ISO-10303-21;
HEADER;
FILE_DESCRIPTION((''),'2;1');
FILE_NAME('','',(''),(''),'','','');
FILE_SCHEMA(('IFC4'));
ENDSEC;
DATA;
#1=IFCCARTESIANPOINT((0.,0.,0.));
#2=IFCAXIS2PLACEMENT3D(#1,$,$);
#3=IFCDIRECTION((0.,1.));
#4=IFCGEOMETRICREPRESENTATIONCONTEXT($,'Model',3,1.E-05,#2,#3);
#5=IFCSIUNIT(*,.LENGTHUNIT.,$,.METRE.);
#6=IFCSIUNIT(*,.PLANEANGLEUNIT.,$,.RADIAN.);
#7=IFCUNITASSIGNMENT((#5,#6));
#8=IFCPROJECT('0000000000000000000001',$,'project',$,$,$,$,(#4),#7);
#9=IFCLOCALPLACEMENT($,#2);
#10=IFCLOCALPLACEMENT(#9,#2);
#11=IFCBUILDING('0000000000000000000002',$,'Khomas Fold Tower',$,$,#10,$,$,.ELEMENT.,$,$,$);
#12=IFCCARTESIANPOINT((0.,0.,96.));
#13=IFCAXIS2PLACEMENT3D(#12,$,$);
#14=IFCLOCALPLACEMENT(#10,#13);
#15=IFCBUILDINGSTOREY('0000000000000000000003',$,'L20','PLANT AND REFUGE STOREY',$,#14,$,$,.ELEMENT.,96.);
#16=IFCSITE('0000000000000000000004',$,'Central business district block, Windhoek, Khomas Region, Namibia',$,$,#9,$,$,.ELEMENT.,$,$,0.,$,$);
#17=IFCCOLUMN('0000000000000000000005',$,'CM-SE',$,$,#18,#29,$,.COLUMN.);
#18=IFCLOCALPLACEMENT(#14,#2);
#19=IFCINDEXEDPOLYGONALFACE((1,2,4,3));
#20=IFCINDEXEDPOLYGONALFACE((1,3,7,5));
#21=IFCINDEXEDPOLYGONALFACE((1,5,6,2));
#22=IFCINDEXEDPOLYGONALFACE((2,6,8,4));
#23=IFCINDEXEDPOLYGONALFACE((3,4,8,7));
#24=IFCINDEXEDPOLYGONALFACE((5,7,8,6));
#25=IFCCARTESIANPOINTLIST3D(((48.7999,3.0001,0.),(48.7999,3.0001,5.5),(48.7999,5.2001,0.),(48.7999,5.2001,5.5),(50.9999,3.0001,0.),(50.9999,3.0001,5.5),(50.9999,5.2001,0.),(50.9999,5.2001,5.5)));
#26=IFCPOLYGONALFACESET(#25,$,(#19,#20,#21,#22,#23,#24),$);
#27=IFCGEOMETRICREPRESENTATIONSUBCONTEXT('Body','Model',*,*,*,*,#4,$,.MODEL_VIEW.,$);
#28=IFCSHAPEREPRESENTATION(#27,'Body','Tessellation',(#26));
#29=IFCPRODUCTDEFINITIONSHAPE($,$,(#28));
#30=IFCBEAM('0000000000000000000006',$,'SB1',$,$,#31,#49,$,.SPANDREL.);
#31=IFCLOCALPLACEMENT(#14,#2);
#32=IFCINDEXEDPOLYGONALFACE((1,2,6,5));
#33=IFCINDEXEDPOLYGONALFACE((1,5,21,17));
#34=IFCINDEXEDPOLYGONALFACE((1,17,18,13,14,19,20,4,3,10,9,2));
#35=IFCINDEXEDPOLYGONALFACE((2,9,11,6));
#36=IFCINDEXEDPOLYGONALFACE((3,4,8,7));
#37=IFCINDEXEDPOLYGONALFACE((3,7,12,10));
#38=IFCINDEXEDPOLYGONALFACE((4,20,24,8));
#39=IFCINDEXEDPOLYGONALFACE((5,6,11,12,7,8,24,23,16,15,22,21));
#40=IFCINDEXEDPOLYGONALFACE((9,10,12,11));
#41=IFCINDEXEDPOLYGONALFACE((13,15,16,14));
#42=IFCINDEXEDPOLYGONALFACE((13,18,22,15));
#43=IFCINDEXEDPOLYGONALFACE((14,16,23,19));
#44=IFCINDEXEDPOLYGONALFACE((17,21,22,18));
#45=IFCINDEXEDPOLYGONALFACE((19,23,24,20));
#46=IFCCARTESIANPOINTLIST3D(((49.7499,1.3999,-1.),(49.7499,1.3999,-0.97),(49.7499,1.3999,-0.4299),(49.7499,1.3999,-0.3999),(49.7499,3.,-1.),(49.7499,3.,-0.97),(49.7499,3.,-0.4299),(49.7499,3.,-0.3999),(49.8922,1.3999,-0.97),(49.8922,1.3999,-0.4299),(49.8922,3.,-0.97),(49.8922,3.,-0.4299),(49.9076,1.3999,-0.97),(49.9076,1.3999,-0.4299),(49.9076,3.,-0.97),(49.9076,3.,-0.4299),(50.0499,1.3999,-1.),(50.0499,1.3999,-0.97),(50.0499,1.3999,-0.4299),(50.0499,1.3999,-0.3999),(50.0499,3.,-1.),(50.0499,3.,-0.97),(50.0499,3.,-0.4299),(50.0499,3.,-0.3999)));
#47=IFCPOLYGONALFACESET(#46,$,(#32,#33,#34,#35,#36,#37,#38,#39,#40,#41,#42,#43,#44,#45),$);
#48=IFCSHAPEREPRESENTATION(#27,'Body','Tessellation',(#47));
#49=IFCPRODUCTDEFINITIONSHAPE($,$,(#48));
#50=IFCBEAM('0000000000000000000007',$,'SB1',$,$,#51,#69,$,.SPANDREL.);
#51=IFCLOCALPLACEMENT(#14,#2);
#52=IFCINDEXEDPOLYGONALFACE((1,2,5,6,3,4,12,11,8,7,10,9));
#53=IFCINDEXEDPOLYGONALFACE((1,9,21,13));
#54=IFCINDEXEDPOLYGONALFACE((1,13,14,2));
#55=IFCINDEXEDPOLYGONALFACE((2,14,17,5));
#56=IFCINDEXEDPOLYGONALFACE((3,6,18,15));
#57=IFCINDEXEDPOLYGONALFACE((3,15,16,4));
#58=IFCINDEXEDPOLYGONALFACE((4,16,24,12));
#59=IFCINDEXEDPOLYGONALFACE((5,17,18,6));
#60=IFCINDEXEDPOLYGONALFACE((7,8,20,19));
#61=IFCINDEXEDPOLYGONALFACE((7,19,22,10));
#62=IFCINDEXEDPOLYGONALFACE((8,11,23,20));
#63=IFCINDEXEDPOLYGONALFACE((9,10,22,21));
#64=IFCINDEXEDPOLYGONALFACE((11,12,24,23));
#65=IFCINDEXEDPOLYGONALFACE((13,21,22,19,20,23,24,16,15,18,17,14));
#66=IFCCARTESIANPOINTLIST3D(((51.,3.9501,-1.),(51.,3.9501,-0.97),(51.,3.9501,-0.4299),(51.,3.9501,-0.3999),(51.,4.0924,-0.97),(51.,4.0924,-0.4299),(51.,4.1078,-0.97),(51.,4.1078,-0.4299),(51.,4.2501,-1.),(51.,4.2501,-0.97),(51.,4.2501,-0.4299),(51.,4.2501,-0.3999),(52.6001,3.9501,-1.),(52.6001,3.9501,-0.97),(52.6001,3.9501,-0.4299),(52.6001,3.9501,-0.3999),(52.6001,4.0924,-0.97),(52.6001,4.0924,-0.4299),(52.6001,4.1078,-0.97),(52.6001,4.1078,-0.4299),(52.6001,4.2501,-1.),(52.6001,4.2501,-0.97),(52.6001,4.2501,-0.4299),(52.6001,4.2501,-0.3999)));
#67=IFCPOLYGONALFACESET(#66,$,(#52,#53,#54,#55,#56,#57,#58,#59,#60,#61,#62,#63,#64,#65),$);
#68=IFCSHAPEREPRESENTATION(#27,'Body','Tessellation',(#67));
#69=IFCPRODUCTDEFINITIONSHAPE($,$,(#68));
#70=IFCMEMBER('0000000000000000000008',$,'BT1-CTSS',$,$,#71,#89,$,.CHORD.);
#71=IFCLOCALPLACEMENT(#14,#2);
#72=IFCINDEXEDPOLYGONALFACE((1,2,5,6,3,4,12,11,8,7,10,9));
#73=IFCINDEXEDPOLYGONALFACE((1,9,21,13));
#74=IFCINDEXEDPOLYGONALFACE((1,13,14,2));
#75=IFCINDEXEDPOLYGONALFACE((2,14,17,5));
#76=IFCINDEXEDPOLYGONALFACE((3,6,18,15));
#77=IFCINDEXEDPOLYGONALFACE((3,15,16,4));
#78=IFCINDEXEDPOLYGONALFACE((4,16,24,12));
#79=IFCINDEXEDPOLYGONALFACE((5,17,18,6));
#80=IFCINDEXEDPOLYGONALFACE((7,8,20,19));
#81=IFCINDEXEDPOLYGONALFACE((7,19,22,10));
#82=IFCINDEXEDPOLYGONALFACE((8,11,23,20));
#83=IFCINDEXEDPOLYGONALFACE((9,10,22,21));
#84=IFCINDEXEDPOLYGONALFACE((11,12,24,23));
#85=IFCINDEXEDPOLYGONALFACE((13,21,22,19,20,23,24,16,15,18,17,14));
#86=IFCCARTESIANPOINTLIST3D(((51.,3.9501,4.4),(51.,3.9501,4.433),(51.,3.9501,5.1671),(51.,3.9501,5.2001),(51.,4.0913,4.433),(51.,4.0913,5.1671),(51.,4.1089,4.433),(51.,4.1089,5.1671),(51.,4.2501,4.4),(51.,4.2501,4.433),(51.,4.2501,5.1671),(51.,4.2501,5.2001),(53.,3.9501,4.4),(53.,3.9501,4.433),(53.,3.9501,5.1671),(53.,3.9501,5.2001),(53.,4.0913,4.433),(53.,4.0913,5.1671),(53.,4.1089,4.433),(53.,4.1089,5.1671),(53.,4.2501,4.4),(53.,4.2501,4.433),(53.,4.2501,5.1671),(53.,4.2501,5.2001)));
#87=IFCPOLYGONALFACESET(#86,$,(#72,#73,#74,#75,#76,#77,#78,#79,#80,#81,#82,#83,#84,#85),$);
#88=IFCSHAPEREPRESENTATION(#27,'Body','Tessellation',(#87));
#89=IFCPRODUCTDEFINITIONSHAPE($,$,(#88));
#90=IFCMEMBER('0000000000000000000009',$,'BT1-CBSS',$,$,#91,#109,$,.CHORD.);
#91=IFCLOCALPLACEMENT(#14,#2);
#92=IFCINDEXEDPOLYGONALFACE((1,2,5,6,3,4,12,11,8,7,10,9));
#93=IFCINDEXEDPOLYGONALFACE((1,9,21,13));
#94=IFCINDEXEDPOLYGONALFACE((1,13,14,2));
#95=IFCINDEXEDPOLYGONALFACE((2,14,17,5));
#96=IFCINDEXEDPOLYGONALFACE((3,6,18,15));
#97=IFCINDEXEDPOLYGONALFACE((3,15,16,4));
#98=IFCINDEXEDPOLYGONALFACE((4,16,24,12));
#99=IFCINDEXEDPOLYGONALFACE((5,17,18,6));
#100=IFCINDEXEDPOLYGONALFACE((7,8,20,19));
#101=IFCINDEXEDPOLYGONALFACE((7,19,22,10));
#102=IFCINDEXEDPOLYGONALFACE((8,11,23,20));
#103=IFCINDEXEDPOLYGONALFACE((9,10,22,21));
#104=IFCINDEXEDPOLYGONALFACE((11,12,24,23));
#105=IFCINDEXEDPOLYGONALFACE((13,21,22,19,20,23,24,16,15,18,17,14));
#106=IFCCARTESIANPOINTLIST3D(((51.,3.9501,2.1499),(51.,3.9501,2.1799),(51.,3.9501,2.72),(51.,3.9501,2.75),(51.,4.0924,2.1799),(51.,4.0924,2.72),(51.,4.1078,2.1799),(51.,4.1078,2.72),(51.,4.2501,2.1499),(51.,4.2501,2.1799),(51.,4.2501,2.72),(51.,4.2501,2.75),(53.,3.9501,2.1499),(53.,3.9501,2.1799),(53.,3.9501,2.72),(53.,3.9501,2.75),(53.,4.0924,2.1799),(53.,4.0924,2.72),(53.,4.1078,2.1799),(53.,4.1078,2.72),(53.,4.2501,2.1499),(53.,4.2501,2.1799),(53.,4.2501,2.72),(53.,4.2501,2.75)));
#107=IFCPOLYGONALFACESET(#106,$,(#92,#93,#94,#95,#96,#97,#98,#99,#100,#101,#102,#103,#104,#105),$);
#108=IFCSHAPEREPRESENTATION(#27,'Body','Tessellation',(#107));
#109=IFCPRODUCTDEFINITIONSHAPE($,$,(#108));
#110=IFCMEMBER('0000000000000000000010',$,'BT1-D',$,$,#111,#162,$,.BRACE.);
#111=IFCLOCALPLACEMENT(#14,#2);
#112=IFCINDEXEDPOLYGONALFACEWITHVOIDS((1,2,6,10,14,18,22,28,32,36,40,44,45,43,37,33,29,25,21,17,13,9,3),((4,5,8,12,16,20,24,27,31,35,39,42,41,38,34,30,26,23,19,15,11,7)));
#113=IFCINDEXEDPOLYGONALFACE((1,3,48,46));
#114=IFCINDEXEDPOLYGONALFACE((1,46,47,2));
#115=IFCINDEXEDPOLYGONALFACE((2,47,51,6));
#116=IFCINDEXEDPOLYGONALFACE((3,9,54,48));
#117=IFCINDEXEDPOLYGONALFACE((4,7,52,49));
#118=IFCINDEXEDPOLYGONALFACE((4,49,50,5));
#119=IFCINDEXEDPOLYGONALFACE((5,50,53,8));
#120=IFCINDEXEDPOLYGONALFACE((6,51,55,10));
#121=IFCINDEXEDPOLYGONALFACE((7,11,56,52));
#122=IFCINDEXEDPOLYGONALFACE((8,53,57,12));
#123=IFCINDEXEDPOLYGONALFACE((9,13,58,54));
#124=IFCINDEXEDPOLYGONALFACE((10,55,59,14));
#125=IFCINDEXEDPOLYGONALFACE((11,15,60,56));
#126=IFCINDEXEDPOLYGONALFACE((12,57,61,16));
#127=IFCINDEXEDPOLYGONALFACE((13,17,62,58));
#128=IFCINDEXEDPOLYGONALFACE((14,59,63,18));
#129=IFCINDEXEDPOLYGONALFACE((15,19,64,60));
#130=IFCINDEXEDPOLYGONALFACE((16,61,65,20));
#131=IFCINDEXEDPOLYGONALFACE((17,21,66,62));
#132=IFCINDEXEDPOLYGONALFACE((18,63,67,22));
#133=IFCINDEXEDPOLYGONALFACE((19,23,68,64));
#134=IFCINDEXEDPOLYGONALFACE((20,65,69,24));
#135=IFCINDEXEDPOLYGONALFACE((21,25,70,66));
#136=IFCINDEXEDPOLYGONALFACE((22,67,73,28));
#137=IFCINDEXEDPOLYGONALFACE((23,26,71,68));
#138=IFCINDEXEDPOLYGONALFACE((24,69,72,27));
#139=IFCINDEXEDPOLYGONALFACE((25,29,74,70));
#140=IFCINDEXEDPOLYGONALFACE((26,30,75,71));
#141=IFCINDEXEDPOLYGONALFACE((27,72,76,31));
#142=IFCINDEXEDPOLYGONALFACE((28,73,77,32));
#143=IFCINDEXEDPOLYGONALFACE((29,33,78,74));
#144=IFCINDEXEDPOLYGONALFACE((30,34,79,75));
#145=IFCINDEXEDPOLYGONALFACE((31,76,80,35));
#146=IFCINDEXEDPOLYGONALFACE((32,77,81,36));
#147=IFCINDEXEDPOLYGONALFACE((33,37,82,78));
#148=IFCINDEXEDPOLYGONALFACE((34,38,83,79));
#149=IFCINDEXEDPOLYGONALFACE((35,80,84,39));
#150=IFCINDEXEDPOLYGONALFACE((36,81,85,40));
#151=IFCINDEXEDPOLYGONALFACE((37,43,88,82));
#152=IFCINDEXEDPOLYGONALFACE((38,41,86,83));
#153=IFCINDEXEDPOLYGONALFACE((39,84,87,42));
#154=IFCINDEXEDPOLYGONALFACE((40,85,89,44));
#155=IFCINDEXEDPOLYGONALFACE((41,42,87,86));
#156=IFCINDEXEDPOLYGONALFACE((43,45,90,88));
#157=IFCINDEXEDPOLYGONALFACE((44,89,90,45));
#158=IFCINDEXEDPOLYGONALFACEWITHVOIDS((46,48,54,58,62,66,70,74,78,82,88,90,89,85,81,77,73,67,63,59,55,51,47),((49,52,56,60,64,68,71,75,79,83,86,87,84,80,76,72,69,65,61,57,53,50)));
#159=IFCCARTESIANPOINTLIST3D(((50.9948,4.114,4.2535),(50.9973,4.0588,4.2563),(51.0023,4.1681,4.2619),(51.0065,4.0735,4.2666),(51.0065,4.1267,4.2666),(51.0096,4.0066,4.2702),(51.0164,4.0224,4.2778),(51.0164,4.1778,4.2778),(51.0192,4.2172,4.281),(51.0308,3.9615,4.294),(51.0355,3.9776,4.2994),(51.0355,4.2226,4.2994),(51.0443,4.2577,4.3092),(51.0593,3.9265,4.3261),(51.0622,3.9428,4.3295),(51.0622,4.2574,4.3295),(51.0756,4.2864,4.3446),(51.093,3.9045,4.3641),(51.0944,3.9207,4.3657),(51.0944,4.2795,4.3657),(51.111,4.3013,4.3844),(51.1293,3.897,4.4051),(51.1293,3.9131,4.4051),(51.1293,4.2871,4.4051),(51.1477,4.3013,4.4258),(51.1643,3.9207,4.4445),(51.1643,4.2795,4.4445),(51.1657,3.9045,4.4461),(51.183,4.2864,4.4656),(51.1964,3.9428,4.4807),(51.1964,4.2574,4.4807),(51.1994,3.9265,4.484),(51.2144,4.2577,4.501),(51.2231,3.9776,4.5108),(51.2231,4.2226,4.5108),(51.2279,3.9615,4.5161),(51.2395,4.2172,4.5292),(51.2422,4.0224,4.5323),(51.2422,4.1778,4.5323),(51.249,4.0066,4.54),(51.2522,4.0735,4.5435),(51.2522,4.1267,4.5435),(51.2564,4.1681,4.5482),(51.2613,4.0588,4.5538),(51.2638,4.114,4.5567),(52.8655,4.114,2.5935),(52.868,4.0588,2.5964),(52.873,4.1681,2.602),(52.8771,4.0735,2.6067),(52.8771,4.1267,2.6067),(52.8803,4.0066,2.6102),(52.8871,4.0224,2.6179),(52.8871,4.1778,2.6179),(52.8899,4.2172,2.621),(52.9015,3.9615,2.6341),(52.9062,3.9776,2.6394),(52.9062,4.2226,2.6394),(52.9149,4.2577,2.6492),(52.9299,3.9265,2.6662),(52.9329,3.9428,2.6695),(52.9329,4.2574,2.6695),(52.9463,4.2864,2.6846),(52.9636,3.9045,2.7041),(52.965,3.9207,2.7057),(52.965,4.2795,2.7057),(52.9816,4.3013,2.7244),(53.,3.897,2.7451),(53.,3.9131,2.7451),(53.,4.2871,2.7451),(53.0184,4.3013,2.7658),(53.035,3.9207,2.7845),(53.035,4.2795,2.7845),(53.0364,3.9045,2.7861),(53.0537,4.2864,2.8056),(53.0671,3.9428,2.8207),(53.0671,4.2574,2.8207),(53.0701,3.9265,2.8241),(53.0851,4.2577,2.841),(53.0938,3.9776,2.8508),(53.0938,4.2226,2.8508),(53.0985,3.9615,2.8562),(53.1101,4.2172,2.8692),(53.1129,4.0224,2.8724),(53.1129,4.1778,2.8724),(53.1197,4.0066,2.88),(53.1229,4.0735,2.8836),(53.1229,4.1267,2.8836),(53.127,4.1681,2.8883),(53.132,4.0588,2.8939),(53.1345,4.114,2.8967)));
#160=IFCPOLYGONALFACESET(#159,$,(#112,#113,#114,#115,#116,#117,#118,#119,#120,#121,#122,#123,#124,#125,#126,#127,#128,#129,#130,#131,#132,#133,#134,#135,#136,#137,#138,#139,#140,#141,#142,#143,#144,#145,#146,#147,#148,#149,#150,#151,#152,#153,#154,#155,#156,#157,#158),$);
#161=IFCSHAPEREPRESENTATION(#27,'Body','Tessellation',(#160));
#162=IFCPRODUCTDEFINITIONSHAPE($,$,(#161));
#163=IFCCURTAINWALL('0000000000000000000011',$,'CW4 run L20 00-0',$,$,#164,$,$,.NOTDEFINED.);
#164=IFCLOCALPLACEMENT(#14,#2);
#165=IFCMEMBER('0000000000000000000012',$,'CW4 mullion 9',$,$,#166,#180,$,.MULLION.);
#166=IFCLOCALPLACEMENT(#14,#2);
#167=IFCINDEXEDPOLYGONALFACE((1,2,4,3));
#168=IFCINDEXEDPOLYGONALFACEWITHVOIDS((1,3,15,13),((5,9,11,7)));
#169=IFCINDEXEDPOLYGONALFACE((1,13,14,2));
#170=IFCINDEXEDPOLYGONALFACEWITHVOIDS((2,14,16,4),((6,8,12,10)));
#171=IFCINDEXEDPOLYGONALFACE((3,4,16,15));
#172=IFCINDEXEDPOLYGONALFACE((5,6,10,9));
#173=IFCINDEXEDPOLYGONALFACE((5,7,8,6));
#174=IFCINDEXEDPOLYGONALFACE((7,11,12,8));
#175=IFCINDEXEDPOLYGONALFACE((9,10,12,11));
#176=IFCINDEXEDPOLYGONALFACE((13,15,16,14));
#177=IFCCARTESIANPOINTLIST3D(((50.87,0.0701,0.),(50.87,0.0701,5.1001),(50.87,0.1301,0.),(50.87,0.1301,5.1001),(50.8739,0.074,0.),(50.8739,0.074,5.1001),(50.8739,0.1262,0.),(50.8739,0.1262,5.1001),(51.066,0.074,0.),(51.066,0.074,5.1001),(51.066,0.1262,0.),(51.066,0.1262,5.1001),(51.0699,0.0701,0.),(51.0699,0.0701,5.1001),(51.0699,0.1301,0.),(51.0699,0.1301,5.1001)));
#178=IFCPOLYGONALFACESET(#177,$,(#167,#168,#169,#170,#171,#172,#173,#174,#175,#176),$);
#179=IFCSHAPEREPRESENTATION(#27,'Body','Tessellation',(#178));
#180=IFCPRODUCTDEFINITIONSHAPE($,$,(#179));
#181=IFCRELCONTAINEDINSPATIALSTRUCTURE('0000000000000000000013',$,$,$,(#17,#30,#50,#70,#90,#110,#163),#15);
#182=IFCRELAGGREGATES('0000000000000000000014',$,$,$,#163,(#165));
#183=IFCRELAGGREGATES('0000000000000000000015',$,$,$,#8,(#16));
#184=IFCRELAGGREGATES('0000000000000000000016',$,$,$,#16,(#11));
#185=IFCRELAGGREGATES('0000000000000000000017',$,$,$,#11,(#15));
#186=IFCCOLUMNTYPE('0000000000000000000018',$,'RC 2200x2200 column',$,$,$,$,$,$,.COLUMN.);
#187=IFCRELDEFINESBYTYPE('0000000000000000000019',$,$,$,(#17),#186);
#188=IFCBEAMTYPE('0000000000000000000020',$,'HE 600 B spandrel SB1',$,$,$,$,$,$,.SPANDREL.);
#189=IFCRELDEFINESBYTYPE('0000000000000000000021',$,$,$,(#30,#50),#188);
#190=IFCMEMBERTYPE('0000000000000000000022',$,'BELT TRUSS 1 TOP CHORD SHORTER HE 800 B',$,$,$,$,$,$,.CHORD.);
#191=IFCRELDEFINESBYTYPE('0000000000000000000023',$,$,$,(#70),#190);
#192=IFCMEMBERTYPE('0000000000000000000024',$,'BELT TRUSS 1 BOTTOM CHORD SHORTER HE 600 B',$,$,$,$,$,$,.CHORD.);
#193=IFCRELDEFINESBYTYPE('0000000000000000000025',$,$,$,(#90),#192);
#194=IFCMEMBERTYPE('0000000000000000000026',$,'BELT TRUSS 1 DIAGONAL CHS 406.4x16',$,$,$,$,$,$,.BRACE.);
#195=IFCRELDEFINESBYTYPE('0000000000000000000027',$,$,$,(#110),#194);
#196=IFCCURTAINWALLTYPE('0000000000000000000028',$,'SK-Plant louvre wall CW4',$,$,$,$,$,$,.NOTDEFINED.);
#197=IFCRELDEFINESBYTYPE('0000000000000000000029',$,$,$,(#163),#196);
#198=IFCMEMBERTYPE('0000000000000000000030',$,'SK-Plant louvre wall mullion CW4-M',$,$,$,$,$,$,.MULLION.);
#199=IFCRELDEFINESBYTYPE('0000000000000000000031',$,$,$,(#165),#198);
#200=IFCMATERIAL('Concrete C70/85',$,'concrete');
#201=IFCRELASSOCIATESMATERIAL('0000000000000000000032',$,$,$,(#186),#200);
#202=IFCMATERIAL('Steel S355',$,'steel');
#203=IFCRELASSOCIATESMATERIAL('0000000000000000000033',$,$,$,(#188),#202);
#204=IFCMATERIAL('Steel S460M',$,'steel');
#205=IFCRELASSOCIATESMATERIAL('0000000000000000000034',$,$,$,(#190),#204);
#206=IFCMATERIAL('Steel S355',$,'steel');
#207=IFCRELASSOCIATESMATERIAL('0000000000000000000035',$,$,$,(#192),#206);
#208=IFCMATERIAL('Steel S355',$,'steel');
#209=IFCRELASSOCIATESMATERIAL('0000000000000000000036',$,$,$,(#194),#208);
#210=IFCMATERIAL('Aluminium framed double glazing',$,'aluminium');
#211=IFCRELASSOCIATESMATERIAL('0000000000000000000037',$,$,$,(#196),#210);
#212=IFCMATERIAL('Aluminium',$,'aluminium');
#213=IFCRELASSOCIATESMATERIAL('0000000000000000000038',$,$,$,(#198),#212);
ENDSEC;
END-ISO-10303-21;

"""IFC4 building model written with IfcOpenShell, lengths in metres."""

from ifc_helpers import new_model, si_unit, direction, frame, origin, origin_2d, place, context, subcontext, project, spatial, rectangle, hollow_rectangle, hollow_circle, i_section, extrude, source, transform, mapped, material, material_profile, profile_set, type_object, element, aggregate, save


model = new_model("IFC4")

# Units and contexts
model_context = context("Model", 3, precision=1e-05, world=origin(), true_north=direction((0.0, 1.0)))
body_context = subcontext(model_context, "Body", "Model", "MODEL_VIEW")
ifc_project = project(units=[si_unit("LENGTHUNIT", "METRE"), si_unit("PLANEANGLEUNIT", "RADIAN")], contexts=[model_context])

# Site, building, storey
site_placement = place(None, origin())
site = spatial("IfcSite", under=ifc_project, at=site_placement, Name="Central business district block, Windhoek, Khomas Region, Namibia", CompositionType="ELEMENT", RefElevation=0.0)
building_placement = place(site_placement, origin())
building = spatial("IfcBuilding", under=site, at=building_placement, Name="Khomas Fold Tower", CompositionType="ELEMENT")
storey_placement = place(building_placement, frame((0.0, 0.0, 96.0)))
storey = spatial("IfcBuildingStorey", under=building, at=storey_placement, Name="L20", Description="PLANT AND REFUGE STOREY", CompositionType="ELEMENT", Elevation=96.0)

# Column
ifc_material_1 = material(Name="Concrete C70/85", Category="concrete")
ifc_material_profile_1 = material_profile(ifc_material_1, rectangle(XDim=2.2, YDim=2.2, at=origin_2d()), Name="RC 2200x2200")
ifc_profile_set_1 = profile_set([ifc_material_profile_1], Name="Concrete C70/85")
column_type = type_object("IfcColumnType", Name="RC 2200x2200 column", PredefinedType="COLUMN", material=ifc_profile_set_1)
shared_shape_1 = source(origin(), body_context, "Body", "SweptSolid", [
    extrude(rectangle(XDim=2.2, YDim=2.2, at=origin_2d()), origin(), (0.0, 0.0, 1.0), 5.5),
])
column_placement = place(storey_placement, frame((49.8999, 4.1001, 0.0), z_axis=(0.0, 0.0, 1.0), x_axis=(1.0, 0.0, 0.0)))
element("IfcColumn", 1, at=column_placement, inside=storey, type_object=column_type, Name="CM-SE", PredefinedType="COLUMN", context=body_context, shape_type="MappedRepresentation", body=[
    mapped(shared_shape_1, transform((0.0, 0.0, 0.0))),
])

# Beams
ifc_material_2 = material(Name="Steel S355", Category="steel")
ifc_material_profile_2 = material_profile(ifc_material_2, i_section(OverallWidth=0.3, OverallDepth=0.6001, WebThickness=0.0154, FlangeThickness=0.03, at=origin_2d()), Name="HE 600 B")
ifc_profile_set_2 = profile_set([ifc_material_profile_2], Name="Steel S355")
beam_type = type_object("IfcBeamType", Name="HE 600 B spandrel SB1", PredefinedType="SPANDREL", material=ifc_profile_set_2)
shared_shape_2 = source(origin(), body_context, "Body", "SweptSolid", [
    extrude(i_section(OverallWidth=0.3, OverallDepth=0.6001, WebThickness=0.0154, FlangeThickness=0.03, at=origin_2d()), origin(), (0.0, 0.0, 1.0), 1.6001),
])
for number, where, z_axis, x_axis, name in (
    (2, (49.8999, 1.3999, -0.7), (0.0, 1.0, 0.0), (-1.0, 0.0, 0.0), "SB1"),
    (3, (51.0, 4.1001, -0.7), (1.0, 0.0, 0.0), (0.0, 1.0, 0.0), "SB1"),
):
    element("IfcBeam", number, at=place(storey_placement, frame(where, z_axis=z_axis, x_axis=x_axis)), inside=storey, type_object=beam_type, Name=name, PredefinedType="SPANDREL", context=body_context, shape_type="MappedRepresentation", body=[
        mapped(shared_shape_2, transform((0.0, 0.0, 0.0))),
    ])

# Members
ifc_material_3 = material(Name="Steel S460M", Category="steel")
ifc_material_profile_3 = material_profile(ifc_material_3, i_section(OverallWidth=0.3, OverallDepth=0.8, WebThickness=0.0176, FlangeThickness=0.033, at=origin_2d()), Name="HE 800 B")
ifc_profile_set_3 = profile_set([ifc_material_profile_3], Name="Steel S460M")
member_type_1 = type_object("IfcMemberType", Name="BELT TRUSS 1 TOP CHORD SHORTER HE 800 B", PredefinedType="CHORD", material=ifc_profile_set_3)
shared_shape_3 = source(origin(), body_context, "Body", "SweptSolid", [
    extrude(i_section(OverallWidth=0.3, OverallDepth=0.8, WebThickness=0.0176, FlangeThickness=0.033, at=origin_2d()), origin(), (0.0, 0.0, 1.0), 2.0),
])
member_1_placement = place(storey_placement, frame((53.0, 4.1001, 4.8), z_axis=(-1.0, 0.0, 0.0), x_axis=(0.0, -1.0, 0.0)))
element("IfcMember", 4, at=member_1_placement, inside=storey, type_object=member_type_1, Name="BT1-CTSS", PredefinedType="CHORD", context=body_context, shape_type="MappedRepresentation", body=[
    mapped(shared_shape_3, transform((0.0, 0.0, 0.0))),
])
ifc_material_4 = material(Name="Steel S355", Category="steel")
ifc_material_profile_4 = material_profile(ifc_material_4, i_section(OverallWidth=0.3, OverallDepth=0.6001, WebThickness=0.0154, FlangeThickness=0.03, at=origin_2d()), Name="HE 600 B")
ifc_profile_set_4 = profile_set([ifc_material_profile_4], Name="Steel S355")
member_type_2 = type_object("IfcMemberType", Name="BELT TRUSS 1 BOTTOM CHORD SHORTER HE 600 B", PredefinedType="CHORD", material=ifc_profile_set_4)
shared_shape_4 = source(origin(), body_context, "Body", "SweptSolid", [
    extrude(i_section(OverallWidth=0.3, OverallDepth=0.6001, WebThickness=0.0154, FlangeThickness=0.03, at=origin_2d()), origin(), (0.0, 0.0, 1.0), 2.0),
])
member_2_placement = place(storey_placement, frame((53.0, 4.1001, 2.45), z_axis=(-1.0, 0.0, 0.0), x_axis=(0.0, -1.0, 0.0)))
element("IfcMember", 5, at=member_2_placement, inside=storey, type_object=member_type_2, Name="BT1-CBSS", PredefinedType="CHORD", context=body_context, shape_type="MappedRepresentation", body=[
    mapped(shared_shape_4, transform((0.0, 0.0, 0.0))),
])
ifc_material_5 = material(Name="Steel S355", Category="steel")
ifc_material_profile_5 = material_profile(ifc_material_5, hollow_circle(Radius=0.2031, WallThickness=0.0161, at=origin_2d()), Name="CHS 406.4x16")
ifc_profile_set_5 = profile_set([ifc_material_profile_5], Name="Steel S355")
member_type_3 = type_object("IfcMemberType", Name="BELT TRUSS 1 DIAGONAL CHS 406.4x16", PredefinedType="BRACE", material=ifc_profile_set_5)
shared_shape_5 = source(origin(), body_context, "Body", "SweptSolid", [
    extrude(hollow_circle(Radius=0.2031, WallThickness=0.0161, at=origin_2d()), origin(), (0.0, 0.0, 1.0), 2.501),
])
member_3_placement = place(storey_placement, frame((53.0, 4.1001, 2.7451), z_axis=(-0.747975, 0.0, 0.663727), x_axis=(0.0, -1.0, 0.0)))
element("IfcMember", 6, at=member_3_placement, inside=storey, type_object=member_type_3, Name="BT1-D", PredefinedType="BRACE", context=body_context, shape_type="MappedRepresentation", body=[
    mapped(shared_shape_5, transform((0.0, 0.0, 0.0))),
])

# Curtain wall, member
ifc_material_6 = material(Name="Aluminium framed double glazing", Category="aluminium")
curtain_wall_type = type_object("IfcCurtainWallType", Name="SK-Plant louvre wall CW4", PredefinedType="NOTDEFINED", material=ifc_material_6)
curtain_wall_1_placement = place(storey_placement, origin())
curtain_wall_1 = element("IfcCurtainWall", 7, at=curtain_wall_1_placement, inside=storey, type_object=curtain_wall_type, Name="CW4 run L20 00-0", PredefinedType="NOTDEFINED")
ifc_material_7 = material(Name="Aluminium", Category="aluminium")
ifc_material_profile_6 = material_profile(ifc_material_7, hollow_rectangle(XDim=0.0601, YDim=0.2, WallThickness=0.0039, at=origin_2d()), Name="SK-Plant louvre wall mullion CW4-M")
ifc_profile_set_6 = profile_set([ifc_material_profile_6], Name="Aluminium")
member_type_4 = type_object("IfcMemberType", Name="SK-Plant louvre wall mullion CW4-M", PredefinedType="MULLION", material=ifc_profile_set_6)
shared_shape_6 = source(origin(), body_context, "Body", "SweptSolid", [
    extrude(hollow_rectangle(XDim=0.0601, YDim=0.2, WallThickness=0.0039, at=origin_2d()), origin(), (0.0, 0.0, 1.0), 5.1001),
])
member_4_placement = place(storey_placement, frame((50.97, 0.1001, 0.0), z_axis=(0.0, 0.0, 1.0), x_axis=(0.0, 1.0, 0.0)))
member_4 = element("IfcMember", 8, at=member_4_placement, type_object=member_type_4, Name="CW4 mullion 9", PredefinedType="MULLION", context=body_context, shape_type="MappedRepresentation", body=[
    mapped(shared_shape_6, transform((0.0, 0.0, 0.0))),
])

aggregate(curtain_wall_1, [member_4])

save(model, "model.ifc")
